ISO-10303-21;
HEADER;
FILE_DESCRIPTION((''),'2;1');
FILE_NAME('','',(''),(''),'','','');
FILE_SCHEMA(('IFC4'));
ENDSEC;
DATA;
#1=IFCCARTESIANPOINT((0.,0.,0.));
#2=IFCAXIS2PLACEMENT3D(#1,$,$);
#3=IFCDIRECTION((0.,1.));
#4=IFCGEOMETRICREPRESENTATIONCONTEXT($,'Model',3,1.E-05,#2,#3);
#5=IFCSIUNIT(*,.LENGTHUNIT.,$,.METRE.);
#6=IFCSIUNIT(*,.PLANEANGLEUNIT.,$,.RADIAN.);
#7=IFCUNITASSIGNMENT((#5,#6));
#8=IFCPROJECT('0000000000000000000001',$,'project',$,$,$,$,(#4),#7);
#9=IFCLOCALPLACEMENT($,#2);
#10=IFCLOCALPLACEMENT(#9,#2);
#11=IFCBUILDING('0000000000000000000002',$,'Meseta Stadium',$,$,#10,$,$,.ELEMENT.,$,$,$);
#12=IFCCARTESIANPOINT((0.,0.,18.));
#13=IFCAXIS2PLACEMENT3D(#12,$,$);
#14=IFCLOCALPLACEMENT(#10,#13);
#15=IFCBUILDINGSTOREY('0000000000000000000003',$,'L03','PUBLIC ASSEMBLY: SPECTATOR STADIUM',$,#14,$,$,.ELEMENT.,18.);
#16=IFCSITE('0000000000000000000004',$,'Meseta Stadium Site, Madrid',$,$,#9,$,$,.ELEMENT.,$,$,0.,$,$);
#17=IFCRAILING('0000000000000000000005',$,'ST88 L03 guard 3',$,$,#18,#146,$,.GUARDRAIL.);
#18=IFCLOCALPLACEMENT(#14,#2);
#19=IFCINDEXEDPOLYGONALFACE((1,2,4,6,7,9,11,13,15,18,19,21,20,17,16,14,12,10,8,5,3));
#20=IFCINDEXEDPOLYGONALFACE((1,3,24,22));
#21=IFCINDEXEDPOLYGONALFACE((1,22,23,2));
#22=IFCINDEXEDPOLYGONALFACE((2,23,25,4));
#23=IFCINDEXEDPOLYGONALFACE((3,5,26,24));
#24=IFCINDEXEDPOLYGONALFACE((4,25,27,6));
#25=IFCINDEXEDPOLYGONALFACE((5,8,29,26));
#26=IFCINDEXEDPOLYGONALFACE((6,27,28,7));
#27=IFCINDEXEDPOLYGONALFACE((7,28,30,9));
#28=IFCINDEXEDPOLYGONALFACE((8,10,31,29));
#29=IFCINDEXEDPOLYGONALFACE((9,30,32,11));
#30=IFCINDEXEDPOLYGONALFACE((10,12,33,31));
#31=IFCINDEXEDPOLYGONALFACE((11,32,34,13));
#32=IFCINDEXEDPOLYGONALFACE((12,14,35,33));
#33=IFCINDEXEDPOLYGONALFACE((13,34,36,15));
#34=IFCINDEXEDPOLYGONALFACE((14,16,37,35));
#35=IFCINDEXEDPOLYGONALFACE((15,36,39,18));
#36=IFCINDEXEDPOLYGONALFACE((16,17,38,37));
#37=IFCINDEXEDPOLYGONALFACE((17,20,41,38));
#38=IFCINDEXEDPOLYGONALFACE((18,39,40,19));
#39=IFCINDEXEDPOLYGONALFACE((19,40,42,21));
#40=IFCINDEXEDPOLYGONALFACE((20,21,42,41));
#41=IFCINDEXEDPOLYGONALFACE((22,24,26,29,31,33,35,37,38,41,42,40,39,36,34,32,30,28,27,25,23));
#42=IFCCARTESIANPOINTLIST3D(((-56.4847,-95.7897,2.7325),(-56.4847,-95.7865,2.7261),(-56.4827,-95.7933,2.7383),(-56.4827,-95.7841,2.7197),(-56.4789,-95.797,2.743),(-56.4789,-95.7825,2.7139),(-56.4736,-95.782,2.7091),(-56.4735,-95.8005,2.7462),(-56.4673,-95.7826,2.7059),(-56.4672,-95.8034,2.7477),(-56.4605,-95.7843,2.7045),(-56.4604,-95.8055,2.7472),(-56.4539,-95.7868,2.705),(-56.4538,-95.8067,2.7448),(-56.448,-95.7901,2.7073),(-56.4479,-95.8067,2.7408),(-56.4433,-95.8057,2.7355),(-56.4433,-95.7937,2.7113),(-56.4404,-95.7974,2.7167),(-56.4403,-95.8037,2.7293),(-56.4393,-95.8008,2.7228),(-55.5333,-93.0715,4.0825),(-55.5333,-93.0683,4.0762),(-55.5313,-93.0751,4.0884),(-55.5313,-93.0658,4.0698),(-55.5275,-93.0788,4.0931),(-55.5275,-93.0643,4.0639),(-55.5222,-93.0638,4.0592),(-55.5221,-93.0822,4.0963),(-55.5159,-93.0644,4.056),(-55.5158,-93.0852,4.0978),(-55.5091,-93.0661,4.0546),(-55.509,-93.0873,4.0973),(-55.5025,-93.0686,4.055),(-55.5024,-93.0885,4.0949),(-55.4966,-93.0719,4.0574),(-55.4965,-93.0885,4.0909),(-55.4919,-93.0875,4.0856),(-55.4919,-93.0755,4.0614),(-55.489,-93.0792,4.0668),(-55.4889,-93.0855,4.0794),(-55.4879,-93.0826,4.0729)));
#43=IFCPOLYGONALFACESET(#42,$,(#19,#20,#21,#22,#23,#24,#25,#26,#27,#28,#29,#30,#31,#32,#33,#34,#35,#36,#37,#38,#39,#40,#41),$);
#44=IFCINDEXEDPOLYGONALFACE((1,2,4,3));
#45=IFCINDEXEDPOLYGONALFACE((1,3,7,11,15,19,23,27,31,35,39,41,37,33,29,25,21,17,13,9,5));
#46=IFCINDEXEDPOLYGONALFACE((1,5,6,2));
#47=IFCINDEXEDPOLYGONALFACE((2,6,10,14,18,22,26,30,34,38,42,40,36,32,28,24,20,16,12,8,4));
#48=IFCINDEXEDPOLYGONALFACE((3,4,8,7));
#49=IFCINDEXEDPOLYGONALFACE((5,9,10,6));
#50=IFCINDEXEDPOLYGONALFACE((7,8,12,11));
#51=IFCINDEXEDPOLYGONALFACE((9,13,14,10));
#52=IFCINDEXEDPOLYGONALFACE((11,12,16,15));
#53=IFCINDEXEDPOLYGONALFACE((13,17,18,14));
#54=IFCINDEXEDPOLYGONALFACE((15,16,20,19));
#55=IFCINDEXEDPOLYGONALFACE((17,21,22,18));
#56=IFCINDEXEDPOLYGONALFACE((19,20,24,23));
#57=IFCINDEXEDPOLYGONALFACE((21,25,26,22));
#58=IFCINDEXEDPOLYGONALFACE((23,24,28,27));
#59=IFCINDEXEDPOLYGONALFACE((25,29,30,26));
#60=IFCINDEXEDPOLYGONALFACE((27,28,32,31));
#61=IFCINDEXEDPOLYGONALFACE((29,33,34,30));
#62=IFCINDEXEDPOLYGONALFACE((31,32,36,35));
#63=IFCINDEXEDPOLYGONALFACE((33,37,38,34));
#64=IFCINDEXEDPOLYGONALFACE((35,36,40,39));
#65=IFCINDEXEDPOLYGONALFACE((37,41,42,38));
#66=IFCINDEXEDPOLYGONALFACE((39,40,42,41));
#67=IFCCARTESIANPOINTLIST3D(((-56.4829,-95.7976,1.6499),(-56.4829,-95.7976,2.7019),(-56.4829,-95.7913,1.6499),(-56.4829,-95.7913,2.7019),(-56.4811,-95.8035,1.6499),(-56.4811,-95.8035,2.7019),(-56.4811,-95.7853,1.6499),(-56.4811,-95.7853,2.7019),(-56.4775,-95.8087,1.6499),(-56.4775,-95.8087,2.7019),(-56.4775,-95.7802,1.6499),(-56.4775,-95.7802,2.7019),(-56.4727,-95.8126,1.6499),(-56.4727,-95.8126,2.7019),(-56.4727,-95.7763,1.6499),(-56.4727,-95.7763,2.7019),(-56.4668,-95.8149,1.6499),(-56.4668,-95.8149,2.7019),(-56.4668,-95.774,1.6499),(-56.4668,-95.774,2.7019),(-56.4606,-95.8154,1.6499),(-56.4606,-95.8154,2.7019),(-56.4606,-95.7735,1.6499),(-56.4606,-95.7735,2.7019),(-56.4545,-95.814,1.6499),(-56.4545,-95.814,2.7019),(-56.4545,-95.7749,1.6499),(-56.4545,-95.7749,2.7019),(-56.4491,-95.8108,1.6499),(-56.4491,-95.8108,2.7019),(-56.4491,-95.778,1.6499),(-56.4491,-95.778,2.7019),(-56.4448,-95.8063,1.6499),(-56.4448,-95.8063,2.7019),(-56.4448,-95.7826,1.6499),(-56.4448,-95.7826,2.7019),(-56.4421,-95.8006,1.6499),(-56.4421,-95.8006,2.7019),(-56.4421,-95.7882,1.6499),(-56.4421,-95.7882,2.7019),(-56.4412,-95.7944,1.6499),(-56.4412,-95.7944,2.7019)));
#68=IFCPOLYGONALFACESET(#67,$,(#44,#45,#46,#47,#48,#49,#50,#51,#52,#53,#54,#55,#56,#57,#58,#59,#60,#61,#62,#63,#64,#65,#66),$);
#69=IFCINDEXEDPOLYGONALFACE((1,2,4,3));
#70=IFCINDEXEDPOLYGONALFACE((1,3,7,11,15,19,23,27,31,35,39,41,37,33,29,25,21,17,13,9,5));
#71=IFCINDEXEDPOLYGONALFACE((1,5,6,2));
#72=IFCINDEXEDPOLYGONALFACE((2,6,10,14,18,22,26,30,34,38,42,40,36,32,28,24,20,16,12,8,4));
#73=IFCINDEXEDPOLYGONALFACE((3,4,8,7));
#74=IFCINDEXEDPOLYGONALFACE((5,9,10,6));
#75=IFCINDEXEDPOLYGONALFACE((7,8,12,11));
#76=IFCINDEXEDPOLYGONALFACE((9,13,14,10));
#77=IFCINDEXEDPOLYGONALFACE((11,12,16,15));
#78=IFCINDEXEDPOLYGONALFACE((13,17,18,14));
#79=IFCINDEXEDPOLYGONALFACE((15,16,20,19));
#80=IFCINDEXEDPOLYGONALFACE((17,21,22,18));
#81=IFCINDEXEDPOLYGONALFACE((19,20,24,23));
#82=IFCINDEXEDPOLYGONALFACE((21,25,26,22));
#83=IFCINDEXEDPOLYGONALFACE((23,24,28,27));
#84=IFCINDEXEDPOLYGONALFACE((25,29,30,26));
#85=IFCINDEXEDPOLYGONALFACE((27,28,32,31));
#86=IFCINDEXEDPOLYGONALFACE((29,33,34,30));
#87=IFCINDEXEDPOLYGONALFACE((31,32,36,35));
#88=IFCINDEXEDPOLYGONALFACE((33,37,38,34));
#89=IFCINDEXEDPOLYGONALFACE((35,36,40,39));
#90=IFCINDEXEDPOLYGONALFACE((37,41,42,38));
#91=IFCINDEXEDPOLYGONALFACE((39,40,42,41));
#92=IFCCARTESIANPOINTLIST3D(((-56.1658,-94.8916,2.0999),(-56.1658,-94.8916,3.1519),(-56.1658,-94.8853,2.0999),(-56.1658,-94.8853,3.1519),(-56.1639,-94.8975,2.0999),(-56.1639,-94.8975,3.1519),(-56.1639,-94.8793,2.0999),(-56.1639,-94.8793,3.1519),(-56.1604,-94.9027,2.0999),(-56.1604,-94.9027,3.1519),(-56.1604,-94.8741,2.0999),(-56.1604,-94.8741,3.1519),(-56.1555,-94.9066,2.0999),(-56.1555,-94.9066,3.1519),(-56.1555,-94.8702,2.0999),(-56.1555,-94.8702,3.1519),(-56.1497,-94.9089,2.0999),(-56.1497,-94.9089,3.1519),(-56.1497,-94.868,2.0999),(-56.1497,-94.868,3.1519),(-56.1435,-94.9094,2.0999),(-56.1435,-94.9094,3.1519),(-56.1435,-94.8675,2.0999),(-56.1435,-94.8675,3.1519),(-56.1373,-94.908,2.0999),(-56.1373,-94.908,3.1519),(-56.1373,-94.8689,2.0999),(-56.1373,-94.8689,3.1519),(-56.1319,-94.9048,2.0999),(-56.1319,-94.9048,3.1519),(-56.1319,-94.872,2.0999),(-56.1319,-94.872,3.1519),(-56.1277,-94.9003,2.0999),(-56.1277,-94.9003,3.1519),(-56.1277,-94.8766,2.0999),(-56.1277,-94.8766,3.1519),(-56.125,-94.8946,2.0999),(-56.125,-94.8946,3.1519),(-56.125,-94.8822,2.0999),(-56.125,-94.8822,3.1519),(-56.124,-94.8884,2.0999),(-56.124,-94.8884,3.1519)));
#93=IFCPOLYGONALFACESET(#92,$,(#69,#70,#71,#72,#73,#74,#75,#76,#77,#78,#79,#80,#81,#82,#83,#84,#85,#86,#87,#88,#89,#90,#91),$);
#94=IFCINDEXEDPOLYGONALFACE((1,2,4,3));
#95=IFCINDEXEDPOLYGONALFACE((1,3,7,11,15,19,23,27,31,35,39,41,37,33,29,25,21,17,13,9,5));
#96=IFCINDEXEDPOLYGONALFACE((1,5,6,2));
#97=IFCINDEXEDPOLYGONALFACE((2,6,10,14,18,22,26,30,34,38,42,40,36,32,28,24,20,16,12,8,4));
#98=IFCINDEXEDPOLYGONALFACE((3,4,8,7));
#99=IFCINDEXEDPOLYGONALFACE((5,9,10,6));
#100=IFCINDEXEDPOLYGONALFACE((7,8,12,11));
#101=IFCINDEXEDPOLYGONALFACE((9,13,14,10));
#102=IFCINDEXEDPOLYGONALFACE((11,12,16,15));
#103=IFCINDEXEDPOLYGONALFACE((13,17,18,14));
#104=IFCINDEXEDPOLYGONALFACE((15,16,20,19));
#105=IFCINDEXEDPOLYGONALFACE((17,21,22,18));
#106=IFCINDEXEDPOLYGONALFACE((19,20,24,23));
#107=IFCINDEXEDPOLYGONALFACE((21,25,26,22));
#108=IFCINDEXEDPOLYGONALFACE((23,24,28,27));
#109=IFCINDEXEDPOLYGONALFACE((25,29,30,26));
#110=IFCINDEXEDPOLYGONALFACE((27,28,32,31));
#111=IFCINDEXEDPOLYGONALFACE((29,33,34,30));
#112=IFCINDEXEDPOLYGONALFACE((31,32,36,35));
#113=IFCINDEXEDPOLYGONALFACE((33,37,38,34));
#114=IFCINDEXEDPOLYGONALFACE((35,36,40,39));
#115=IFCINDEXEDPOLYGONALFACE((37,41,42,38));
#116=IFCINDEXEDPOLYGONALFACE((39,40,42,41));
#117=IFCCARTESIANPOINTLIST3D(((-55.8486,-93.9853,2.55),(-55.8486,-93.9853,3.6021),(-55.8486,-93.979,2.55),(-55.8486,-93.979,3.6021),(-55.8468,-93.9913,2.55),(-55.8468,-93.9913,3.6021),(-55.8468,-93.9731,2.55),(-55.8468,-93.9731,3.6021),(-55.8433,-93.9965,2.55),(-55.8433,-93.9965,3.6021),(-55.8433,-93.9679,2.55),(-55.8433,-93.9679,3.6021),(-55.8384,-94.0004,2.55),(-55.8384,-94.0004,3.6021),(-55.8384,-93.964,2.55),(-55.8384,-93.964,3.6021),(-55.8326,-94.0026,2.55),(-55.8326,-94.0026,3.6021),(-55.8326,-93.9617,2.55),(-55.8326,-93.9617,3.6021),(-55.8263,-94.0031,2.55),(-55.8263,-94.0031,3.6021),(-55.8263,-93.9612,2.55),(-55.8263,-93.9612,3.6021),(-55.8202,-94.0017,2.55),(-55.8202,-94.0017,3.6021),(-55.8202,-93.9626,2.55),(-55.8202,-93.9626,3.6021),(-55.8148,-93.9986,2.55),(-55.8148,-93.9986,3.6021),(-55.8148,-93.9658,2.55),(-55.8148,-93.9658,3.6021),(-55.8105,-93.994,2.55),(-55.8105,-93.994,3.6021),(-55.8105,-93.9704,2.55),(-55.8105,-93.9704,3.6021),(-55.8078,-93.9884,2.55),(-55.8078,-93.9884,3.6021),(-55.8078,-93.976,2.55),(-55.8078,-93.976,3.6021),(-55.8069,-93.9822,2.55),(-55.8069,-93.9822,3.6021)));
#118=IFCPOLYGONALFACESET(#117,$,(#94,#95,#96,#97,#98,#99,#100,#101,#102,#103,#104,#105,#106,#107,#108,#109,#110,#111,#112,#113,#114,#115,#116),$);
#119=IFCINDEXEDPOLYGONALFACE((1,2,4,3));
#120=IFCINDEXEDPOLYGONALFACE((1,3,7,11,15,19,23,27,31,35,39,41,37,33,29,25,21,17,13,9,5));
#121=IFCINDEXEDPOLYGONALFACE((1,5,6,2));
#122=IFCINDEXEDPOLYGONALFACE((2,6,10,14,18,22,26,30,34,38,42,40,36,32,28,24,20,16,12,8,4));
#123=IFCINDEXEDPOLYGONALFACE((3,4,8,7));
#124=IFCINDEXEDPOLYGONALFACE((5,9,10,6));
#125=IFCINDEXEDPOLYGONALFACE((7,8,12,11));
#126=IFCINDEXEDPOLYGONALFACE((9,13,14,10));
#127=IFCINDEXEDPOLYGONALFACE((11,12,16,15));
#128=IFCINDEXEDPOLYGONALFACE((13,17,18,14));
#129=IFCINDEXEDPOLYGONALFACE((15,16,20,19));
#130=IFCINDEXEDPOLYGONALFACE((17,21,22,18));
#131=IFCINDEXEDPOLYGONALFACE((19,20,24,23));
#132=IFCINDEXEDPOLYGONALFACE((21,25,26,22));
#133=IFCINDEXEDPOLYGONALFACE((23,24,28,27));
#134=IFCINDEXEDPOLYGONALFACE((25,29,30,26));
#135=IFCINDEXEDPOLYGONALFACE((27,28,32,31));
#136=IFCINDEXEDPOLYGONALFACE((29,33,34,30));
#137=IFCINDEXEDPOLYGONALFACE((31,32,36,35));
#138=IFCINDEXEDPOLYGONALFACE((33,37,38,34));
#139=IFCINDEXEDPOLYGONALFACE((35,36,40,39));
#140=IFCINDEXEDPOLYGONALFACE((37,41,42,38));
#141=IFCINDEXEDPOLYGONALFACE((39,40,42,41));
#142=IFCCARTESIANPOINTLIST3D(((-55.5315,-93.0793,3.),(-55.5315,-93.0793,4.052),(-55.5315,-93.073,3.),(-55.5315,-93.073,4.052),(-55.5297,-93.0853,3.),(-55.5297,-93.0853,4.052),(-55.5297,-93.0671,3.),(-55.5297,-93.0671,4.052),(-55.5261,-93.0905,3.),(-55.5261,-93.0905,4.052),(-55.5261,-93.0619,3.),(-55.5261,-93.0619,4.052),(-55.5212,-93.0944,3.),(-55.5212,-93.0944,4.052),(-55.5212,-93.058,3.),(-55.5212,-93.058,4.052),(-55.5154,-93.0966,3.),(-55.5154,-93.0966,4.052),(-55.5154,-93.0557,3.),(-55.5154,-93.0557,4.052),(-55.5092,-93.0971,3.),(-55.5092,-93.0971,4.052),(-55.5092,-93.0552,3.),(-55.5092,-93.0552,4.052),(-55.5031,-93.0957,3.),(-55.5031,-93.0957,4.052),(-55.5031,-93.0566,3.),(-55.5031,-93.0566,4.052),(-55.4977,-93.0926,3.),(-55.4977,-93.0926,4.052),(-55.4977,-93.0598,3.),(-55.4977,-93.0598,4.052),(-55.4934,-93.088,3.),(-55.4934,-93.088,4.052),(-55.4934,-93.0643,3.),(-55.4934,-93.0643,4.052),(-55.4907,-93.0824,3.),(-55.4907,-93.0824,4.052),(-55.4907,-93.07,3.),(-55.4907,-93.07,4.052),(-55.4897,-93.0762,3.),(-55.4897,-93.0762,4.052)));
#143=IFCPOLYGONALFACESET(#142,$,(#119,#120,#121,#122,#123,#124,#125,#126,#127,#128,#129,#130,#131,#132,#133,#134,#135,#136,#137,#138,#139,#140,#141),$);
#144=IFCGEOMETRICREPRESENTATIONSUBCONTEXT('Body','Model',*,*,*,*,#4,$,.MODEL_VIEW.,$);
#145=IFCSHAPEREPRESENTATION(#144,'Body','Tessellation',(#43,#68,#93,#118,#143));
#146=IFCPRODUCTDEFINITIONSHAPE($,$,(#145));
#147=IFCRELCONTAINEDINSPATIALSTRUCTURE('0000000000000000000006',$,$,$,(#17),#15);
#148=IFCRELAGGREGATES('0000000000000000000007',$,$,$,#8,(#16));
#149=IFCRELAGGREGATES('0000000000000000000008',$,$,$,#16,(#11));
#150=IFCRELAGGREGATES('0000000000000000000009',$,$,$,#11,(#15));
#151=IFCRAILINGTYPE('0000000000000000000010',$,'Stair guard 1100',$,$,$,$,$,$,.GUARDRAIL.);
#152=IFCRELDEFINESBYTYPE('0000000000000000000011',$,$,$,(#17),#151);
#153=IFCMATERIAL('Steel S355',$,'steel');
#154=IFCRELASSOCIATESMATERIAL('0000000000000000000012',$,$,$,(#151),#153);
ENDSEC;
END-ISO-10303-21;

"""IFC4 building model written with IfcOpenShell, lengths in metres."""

from ifc_helpers import new_model, si_unit, direction, frame, origin, origin_2d, place, context, subcontext, project, spatial, circle, extrude, material, type_object, element, save


model = new_model("IFC4")

# Units and contexts
model_context = context("Model", 3, precision=1e-05, world=origin(), true_north=direction((0.0, 1.0)))
body_context = subcontext(model_context, "Body", "Model", "MODEL_VIEW")
ifc_project = project(units=[si_unit("LENGTHUNIT", "METRE"), si_unit("PLANEANGLEUNIT", "RADIAN")], contexts=[model_context])

# Site, building, storey
site_placement = place(None, origin())
site = spatial("IfcSite", under=ifc_project, at=site_placement, Name="Meseta Stadium Site, Madrid", CompositionType="ELEMENT", RefElevation=0.0)
building_placement = place(site_placement, origin())
building = spatial("IfcBuilding", under=site, at=building_placement, Name="Meseta Stadium", CompositionType="ELEMENT")
storey_placement = place(building_placement, frame((0.0, 0.0, 18.0)))
storey = spatial("IfcBuildingStorey", under=building, at=storey_placement, Name="L03", Description="PUBLIC ASSEMBLY: SPECTATOR STADIUM", CompositionType="ELEMENT", Elevation=18.0)

# Railing
ifc_material_1 = material(Name="Steel S355", Category="steel")
railing_type_1 = type_object("IfcRailingType", Name="Stair guard 1100", PredefinedType="GUARDRAIL", material=ifc_material_1)
railing_1_placement = place(storey_placement, frame((-56.4622, -95.7944, 1.6499)))
element("IfcRailing", 1, at=railing_1_placement, inside=storey, type_object=railing_type_1, Name="ST88 L03 guard 3", PredefinedType="GUARDRAIL", context=body_context, shape_type="SweptSolid", body=[
    extrude(circle(Radius=0.0239, at=origin_2d()), frame((0.0, 0.0, 1.0762), z_axis=(0.299121, 0.854609, 0.424465), x_axis=(-0.943856, 0.330358, 0.0)), (0.0, 0.0, 1.0), 3.1807),
    extrude(circle(Radius=0.021, at=origin_2d()), origin(), (0.0, 0.0, 1.0), 1.052),
    extrude(circle(Radius=0.021, at=origin_2d()), frame((0.3171, 0.906, 0.45)), (0.0, 0.0, 1.0), 1.052),
    extrude(circle(Radius=0.021, at=origin_2d()), frame((0.6343, 1.8123, 0.9001)), (0.0, 0.0, 1.0), 1.052),
    extrude(circle(Radius=0.021, at=origin_2d()), frame((0.9514, 2.7183, 1.3501)), (0.0, 0.0, 1.0), 1.052),
])

save(model, "model.ifc")
